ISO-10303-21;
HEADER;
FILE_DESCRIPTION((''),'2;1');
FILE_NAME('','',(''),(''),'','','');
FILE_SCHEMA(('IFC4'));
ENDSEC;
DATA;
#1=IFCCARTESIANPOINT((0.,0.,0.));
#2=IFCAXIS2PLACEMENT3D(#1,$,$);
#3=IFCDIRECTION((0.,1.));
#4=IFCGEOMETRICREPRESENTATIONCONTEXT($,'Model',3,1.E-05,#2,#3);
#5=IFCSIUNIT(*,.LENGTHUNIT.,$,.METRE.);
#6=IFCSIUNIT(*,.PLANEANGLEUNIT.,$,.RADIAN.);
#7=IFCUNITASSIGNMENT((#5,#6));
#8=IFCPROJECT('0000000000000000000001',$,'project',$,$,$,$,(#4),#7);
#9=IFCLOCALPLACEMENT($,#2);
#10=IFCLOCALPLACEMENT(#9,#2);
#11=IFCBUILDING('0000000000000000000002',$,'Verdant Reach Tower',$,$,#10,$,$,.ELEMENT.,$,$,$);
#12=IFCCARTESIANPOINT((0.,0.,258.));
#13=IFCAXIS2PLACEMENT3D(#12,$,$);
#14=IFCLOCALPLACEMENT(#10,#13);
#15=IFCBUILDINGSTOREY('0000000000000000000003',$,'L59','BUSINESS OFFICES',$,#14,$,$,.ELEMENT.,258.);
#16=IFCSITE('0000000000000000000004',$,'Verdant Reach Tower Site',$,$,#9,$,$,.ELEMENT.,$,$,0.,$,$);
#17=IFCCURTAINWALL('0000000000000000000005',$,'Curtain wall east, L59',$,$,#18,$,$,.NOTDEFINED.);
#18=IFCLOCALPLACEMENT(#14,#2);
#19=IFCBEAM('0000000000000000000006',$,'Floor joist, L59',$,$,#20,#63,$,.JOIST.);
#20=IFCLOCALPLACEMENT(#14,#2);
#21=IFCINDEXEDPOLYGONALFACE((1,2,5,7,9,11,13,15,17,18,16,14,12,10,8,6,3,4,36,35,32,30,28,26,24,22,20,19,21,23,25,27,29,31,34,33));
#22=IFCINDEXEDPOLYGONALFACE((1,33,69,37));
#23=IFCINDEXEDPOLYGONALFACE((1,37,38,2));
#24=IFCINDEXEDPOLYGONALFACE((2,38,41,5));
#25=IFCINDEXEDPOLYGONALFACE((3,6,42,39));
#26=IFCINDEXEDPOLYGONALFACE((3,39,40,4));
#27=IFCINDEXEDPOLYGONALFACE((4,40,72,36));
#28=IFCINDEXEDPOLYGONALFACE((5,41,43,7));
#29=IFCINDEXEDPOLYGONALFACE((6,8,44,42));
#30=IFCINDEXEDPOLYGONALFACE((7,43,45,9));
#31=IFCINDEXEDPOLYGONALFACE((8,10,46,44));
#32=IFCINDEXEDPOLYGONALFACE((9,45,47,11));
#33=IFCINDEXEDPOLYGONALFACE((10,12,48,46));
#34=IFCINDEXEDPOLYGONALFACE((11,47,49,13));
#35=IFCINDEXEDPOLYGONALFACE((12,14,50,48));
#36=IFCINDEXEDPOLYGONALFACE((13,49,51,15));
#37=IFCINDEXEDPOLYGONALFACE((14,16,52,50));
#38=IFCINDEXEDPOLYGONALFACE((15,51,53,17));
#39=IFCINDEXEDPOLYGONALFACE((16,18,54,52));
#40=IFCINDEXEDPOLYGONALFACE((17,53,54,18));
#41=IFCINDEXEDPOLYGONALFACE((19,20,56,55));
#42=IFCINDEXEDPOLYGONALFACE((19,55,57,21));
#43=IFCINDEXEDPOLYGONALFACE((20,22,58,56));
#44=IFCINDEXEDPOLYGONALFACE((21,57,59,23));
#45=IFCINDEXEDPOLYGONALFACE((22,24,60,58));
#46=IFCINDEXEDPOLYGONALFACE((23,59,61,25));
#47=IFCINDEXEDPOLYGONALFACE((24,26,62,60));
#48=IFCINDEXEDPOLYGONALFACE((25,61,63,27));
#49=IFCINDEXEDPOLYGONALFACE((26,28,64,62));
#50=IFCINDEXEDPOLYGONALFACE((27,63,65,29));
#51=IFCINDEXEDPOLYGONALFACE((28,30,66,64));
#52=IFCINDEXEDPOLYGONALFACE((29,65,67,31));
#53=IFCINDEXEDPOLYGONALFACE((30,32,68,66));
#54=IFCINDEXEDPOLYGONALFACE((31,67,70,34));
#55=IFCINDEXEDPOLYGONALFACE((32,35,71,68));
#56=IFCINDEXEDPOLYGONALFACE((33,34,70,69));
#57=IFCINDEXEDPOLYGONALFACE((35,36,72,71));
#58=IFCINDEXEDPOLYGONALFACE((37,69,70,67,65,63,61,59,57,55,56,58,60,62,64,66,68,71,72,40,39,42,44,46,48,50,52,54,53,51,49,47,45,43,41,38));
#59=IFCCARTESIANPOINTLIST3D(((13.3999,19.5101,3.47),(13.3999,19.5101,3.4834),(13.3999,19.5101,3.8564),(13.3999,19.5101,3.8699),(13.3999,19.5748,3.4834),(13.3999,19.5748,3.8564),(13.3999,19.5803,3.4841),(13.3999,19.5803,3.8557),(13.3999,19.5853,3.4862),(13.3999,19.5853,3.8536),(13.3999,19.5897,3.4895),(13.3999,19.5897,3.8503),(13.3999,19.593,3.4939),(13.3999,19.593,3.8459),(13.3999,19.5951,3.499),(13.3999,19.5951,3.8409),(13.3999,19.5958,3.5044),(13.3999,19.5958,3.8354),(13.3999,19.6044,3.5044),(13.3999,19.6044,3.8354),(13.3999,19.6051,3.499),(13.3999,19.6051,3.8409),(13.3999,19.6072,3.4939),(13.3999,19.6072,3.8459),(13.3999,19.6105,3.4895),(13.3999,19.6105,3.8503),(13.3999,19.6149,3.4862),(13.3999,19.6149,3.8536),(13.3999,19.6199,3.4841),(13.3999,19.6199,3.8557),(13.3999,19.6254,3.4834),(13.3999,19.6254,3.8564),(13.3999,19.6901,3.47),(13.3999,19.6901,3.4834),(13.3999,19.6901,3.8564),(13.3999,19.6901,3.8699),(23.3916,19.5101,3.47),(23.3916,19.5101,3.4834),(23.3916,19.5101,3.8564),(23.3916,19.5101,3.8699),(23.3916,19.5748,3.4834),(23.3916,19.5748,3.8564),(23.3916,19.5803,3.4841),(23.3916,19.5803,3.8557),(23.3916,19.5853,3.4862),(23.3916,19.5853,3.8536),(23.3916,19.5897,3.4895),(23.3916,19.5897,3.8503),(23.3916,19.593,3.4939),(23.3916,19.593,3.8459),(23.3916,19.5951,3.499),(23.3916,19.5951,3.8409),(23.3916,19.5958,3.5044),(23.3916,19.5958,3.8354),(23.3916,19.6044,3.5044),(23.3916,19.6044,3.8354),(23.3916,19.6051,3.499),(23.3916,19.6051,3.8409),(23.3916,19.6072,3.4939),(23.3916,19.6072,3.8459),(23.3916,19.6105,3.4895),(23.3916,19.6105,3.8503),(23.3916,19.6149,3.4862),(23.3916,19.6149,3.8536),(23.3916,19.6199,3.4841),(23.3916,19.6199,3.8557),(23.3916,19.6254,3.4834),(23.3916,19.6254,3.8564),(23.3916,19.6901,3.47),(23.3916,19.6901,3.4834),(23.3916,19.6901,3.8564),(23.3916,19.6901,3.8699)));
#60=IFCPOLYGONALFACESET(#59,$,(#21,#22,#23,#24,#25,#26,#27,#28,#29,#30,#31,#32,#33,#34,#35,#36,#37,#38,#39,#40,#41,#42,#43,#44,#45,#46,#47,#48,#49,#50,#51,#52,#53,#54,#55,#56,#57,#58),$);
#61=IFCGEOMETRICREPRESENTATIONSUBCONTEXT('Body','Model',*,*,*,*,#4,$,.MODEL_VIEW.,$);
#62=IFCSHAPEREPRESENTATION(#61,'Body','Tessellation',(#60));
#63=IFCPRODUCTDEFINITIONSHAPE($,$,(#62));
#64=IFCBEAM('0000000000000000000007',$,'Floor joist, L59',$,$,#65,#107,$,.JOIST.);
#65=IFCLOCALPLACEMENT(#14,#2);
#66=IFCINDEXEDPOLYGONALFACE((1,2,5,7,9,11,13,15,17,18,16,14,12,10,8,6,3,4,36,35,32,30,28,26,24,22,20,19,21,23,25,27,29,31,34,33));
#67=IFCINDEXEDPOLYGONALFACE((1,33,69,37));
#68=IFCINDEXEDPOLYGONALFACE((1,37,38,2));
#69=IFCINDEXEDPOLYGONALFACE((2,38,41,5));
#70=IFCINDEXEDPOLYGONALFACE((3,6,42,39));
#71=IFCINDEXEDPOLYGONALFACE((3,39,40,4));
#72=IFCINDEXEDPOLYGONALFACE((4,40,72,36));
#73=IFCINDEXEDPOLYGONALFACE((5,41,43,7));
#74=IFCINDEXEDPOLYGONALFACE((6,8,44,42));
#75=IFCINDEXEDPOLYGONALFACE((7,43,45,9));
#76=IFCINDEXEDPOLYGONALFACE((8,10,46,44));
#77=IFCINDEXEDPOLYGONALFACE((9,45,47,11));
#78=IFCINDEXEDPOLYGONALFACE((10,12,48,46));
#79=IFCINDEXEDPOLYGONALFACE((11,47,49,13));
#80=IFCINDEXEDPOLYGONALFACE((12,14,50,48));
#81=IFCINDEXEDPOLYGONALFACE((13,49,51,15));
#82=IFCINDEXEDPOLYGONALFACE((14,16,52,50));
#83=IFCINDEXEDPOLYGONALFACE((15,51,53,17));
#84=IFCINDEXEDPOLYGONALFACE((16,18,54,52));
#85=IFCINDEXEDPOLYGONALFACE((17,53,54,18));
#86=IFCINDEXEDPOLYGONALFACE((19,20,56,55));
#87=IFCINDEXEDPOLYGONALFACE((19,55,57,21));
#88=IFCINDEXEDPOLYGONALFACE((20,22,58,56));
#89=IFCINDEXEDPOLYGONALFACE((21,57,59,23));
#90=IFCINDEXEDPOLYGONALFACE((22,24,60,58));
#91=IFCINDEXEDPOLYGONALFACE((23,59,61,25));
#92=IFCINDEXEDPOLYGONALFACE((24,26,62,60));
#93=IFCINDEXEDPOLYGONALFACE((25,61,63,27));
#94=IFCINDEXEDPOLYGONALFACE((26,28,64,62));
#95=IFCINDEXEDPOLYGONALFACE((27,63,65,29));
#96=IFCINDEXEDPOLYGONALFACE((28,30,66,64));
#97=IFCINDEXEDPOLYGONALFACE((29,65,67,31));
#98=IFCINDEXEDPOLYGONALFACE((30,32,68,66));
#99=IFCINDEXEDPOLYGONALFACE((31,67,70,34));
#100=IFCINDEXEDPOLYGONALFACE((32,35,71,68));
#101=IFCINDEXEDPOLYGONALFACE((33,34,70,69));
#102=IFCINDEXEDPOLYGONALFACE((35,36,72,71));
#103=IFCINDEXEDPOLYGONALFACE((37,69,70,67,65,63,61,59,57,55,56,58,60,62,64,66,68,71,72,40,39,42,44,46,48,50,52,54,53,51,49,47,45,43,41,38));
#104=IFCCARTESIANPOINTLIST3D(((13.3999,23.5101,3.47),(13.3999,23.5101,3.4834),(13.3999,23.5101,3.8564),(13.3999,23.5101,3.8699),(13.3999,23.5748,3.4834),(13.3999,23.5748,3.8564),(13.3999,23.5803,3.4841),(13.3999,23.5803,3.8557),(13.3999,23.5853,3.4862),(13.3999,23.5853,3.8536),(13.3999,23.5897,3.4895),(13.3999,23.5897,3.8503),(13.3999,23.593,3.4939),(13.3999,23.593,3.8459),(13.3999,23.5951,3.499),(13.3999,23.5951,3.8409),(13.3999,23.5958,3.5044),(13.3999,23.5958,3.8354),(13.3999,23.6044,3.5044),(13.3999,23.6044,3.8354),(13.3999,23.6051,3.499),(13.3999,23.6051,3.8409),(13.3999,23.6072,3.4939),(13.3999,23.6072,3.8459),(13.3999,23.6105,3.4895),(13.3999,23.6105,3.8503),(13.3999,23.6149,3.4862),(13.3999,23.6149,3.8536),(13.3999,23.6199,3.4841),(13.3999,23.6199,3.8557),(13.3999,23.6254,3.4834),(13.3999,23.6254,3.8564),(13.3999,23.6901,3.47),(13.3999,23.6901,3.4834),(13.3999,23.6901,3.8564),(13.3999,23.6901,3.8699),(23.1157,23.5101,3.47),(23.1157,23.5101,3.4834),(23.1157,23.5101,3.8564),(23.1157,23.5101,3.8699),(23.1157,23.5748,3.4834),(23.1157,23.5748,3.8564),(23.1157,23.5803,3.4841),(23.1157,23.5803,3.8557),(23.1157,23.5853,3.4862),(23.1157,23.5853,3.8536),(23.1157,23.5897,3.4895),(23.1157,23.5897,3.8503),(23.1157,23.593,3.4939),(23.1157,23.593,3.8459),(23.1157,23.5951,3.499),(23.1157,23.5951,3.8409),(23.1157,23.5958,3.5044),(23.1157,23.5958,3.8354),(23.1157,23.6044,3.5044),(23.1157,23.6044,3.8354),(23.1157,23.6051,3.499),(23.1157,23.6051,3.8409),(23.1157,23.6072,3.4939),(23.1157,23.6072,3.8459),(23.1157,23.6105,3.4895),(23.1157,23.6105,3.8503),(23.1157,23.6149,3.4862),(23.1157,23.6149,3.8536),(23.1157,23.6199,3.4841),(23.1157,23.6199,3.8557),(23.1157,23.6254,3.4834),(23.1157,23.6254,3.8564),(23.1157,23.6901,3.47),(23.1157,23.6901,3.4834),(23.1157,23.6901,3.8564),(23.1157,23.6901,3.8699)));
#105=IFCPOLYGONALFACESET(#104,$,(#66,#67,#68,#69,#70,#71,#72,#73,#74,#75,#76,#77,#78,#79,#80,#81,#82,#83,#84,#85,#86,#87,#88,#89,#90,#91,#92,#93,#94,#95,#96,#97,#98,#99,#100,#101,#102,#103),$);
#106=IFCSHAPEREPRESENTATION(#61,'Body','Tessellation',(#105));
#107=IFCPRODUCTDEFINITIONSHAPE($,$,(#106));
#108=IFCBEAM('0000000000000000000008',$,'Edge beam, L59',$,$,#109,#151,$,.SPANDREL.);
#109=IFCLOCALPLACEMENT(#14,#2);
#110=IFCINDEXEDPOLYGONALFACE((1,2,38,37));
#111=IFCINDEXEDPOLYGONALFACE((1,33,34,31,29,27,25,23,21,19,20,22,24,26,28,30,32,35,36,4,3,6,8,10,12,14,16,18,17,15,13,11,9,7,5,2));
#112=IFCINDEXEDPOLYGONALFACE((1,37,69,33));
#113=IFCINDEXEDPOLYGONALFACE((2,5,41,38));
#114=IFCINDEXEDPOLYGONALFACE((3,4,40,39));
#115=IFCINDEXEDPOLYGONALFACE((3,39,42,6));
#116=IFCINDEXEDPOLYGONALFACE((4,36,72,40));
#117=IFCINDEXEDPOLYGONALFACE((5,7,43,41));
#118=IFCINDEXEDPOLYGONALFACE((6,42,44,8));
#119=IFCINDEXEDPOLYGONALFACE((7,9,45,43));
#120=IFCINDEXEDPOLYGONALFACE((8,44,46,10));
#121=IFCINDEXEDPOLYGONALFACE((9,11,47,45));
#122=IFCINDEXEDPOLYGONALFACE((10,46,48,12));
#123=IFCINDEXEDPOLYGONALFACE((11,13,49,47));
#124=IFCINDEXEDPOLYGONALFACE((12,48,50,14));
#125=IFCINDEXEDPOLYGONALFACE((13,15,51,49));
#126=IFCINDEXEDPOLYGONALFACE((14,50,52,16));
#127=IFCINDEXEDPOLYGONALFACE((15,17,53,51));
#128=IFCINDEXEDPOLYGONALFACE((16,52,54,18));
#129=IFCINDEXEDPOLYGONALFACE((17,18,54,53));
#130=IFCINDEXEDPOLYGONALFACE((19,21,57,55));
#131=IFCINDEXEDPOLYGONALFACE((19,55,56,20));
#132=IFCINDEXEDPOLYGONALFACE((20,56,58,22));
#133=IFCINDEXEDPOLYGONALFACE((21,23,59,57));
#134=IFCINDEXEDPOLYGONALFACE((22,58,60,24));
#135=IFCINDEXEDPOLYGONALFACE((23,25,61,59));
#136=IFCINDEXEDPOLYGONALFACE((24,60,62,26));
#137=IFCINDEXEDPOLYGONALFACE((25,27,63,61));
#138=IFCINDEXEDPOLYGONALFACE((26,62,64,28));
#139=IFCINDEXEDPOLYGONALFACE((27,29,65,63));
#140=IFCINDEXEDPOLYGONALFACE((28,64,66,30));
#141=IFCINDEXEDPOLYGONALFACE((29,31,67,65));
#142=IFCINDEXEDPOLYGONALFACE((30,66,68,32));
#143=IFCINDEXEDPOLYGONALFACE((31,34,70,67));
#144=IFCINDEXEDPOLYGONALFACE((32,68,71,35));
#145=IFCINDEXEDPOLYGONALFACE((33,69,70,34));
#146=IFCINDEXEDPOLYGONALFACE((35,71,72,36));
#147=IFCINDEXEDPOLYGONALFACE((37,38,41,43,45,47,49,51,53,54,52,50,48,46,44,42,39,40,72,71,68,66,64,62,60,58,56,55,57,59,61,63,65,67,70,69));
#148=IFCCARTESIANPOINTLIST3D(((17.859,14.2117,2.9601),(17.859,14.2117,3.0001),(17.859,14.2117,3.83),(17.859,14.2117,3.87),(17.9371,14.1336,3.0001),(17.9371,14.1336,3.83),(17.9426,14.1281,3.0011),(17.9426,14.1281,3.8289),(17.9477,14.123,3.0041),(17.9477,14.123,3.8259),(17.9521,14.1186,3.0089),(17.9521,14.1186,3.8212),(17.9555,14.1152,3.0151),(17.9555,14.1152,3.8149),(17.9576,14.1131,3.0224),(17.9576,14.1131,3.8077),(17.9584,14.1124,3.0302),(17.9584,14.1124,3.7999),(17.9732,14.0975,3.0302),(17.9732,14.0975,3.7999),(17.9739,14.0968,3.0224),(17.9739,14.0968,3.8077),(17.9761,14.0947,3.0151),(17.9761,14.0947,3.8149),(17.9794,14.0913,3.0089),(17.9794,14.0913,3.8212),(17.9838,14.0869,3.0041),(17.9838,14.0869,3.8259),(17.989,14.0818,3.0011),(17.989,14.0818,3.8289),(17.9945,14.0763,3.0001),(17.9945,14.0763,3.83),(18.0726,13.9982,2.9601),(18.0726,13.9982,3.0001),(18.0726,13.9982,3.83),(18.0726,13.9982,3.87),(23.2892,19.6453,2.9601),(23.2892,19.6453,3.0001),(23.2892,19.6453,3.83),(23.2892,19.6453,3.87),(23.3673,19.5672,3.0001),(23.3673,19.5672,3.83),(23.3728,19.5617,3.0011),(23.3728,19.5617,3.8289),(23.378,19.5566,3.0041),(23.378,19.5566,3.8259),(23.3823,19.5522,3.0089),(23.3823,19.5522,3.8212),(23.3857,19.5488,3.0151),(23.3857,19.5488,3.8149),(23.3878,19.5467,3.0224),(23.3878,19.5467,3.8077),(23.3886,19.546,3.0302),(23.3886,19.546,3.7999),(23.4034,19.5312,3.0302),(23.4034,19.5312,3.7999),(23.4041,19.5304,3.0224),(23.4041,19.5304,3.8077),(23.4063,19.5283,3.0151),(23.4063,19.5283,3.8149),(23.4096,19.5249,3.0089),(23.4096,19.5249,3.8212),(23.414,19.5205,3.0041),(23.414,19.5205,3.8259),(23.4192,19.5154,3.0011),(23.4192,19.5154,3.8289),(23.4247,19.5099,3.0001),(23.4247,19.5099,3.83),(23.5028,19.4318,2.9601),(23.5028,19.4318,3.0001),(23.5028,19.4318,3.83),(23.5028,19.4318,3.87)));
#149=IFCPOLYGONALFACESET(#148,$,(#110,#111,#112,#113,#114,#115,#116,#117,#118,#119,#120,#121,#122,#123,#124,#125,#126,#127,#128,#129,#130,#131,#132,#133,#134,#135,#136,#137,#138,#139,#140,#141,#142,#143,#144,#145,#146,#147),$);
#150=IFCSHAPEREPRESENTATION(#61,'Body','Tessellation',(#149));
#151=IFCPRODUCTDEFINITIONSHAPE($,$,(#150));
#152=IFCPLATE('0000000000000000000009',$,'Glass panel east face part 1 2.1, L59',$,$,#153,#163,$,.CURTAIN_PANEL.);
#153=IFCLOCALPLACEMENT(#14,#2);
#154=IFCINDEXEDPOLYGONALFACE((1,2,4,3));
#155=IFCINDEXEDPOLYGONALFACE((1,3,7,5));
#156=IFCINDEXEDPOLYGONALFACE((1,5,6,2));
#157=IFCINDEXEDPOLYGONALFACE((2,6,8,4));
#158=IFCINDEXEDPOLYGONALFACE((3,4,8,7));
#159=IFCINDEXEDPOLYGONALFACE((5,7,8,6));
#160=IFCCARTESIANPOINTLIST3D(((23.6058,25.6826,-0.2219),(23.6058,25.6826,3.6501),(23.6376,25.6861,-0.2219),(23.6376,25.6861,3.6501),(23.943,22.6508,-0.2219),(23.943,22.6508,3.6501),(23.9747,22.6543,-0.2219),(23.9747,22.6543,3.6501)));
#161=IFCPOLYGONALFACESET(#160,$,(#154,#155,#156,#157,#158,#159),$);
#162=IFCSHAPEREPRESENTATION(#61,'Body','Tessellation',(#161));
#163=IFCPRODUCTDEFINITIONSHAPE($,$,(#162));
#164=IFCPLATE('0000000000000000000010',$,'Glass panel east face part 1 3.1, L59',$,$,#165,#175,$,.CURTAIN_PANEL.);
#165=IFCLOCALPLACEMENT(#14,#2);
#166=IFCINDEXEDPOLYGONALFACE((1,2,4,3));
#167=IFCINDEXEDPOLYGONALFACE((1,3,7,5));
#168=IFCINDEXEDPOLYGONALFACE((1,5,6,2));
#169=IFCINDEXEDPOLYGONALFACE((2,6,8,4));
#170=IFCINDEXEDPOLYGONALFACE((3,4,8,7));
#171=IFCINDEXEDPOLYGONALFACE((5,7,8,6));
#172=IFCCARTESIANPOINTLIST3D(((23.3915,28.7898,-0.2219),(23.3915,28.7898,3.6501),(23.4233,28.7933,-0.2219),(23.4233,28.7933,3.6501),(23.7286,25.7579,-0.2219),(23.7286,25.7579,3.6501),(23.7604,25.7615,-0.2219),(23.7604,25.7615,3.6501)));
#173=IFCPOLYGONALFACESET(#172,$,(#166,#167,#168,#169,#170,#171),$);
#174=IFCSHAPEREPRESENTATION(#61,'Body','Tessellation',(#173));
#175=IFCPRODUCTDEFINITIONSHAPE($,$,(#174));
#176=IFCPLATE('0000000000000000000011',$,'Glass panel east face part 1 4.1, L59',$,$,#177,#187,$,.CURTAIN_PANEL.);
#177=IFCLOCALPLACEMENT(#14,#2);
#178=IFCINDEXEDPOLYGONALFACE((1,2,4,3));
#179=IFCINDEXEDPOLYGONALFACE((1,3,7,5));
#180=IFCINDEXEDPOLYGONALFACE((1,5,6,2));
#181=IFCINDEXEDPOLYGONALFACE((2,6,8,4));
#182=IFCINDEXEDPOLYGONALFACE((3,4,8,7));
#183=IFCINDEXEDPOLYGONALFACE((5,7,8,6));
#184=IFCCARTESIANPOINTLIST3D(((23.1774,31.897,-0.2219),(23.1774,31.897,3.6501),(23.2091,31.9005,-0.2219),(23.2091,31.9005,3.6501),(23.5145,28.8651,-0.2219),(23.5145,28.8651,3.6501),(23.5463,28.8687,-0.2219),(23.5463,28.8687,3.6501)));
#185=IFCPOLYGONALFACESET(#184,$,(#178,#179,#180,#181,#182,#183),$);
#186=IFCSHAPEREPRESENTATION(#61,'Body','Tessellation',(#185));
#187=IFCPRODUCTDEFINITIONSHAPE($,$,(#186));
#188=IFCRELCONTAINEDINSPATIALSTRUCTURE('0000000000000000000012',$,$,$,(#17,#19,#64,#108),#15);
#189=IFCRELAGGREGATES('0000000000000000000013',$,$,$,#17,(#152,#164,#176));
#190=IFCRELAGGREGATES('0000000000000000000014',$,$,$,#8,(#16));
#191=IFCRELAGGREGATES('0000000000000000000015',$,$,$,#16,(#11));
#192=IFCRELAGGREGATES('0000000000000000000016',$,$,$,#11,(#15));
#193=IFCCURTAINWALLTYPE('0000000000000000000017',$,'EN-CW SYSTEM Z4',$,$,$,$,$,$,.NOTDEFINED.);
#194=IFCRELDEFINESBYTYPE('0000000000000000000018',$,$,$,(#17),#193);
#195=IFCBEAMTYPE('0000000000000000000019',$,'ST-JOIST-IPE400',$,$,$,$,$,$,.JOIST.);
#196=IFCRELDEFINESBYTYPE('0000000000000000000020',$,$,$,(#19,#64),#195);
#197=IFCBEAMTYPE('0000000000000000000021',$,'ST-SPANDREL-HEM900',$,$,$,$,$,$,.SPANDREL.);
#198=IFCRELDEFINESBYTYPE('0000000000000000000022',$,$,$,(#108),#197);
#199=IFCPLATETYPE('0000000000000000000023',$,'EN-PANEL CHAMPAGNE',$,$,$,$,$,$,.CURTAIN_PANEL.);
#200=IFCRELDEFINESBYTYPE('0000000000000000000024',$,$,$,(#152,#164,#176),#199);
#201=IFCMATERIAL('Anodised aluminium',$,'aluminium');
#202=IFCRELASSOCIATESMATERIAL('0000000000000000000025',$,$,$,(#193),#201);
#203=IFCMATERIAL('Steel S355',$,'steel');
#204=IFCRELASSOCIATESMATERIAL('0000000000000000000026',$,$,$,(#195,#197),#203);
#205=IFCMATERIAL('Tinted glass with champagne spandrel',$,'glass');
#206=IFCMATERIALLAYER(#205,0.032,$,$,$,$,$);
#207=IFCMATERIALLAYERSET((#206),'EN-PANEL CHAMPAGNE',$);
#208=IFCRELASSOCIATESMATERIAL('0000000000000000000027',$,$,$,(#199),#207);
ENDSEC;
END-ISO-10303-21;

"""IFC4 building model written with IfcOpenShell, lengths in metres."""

from ifc_helpers import new_model, si_unit, direction, frame, origin, origin_2d, place, context, subcontext, project, spatial, rectangle, i_section, extrude, material, layer, layer_set, material_profile, profile_set, type_object, element, aggregate, save


model = new_model("IFC4")

# Units and contexts
model_context = context("Model", 3, precision=1e-05, world=origin(), true_north=direction((0.0, 1.0)))
body_context = subcontext(model_context, "Body", "Model", "MODEL_VIEW")
ifc_project = project(units=[si_unit("LENGTHUNIT", "METRE"), si_unit("PLANEANGLEUNIT", "RADIAN")], contexts=[model_context])

# Site, building, storey
site_placement = place(None, origin())
site = spatial("IfcSite", under=ifc_project, at=site_placement, Name="Verdant Reach Tower Site", CompositionType="ELEMENT", RefElevation=0.0)
building_placement = place(site_placement, origin())
building = spatial("IfcBuilding", under=site, at=building_placement, Name="Verdant Reach Tower", CompositionType="ELEMENT")
storey_placement = place(building_placement, frame((0.0, 0.0, 258.0)))
storey = spatial("IfcBuildingStorey", under=building, at=storey_placement, Name="L59", Description="BUSINESS OFFICES", CompositionType="ELEMENT", Elevation=258.0)

# Curtain wall
ifc_material_1 = material(Name="Anodised aluminium", Category="aluminium")
curtain_wall_type = type_object("IfcCurtainWallType", Name="EN-CW SYSTEM Z4", PredefinedType="NOTDEFINED", material=ifc_material_1)
curtain_wall_placement = place(storey_placement, origin())
curtain_wall = element("IfcCurtainWall", 1, at=curtain_wall_placement, inside=storey, type_object=curtain_wall_type, Name="Curtain wall east, L59", PredefinedType="NOTDEFINED")

# Beams
ifc_material_2 = material(Name="Steel S355", Category="steel")
ifc_material_profile_1 = material_profile(ifc_material_2, i_section(OverallWidth=0.1799, OverallDepth=0.3999, WebThickness=0.0085, FlangeThickness=0.0134, FilletRadius=0.021, at=origin_2d()), Name="IPE 400")
ifc_profile_set_1 = profile_set([ifc_material_profile_1], Name="Steel S355")
beam_type_1 = type_object("IfcBeamType", Name="ST-JOIST-IPE400", PredefinedType="JOIST", material=ifc_profile_set_1)
beam_1_placement = place(storey_placement, frame((13.3999, 19.6001, 3.6699), z_axis=(1.0, 0.0, 0.0), x_axis=(0.0, 1.0, 0.0)))
element("IfcBeam", 2, at=beam_1_placement, inside=storey, type_object=beam_type_1, Name="Floor joist, L59", PredefinedType="JOIST", context=body_context, shape_type="SweptSolid", body=[
    extrude(i_section(OverallWidth=0.1799, OverallDepth=0.3999, WebThickness=0.0085, FlangeThickness=0.0134, FilletRadius=0.021, at=origin_2d()), origin(), (0.0, 0.0, 1.0), 9.9917),
])
beam_2_placement = place(storey_placement, frame((13.3999, 23.6001, 3.6699), z_axis=(1.0, 0.0, 0.0), x_axis=(0.0, 1.0, 0.0)))
element("IfcBeam", 3, at=beam_2_placement, inside=storey, type_object=beam_type_1, Name="Floor joist, L59", PredefinedType="JOIST", context=body_context, shape_type="SweptSolid", body=[
    extrude(i_section(OverallWidth=0.1799, OverallDepth=0.3999, WebThickness=0.0085, FlangeThickness=0.0134, FilletRadius=0.021, at=origin_2d()), origin(), (0.0, 0.0, 1.0), 9.7158),
])
ifc_material_profile_2 = material_profile(ifc_material_2, i_section(OverallWidth=0.302, OverallDepth=0.9099, WebThickness=0.021, FlangeThickness=0.04, FilletRadius=0.03, at=origin_2d()), Name="HEM 900")
ifc_profile_set_2 = profile_set([ifc_material_profile_2], Name="Steel S355")
beam_type_2 = type_object("IfcBeamType", Name="ST-SPANDREL-HEM900", PredefinedType="SPANDREL", material=ifc_profile_set_2)
beam_3_placement = place(storey_placement, frame((23.396, 19.5386, 3.415), z_axis=(-0.706884, -0.707329, 0.0), x_axis=(0.707329, -0.706884, 0.0)))
element("IfcBeam", 4, at=beam_3_placement, inside=storey, type_object=beam_type_2, Name="Edge beam, L59", PredefinedType="SPANDREL", context=body_context, shape_type="SweptSolid", body=[
    extrude(i_section(OverallWidth=0.302, OverallDepth=0.9099, WebThickness=0.021, FlangeThickness=0.04, FilletRadius=0.03, at=origin_2d()), origin(), (0.0, 0.0, 1.0), 7.6819),
])

# Plates
ifc_material_3 = material(Name="Tinted glass with champagne spandrel", Category="glass")
ifc_layer_1 = layer(ifc_material_3, 0.032)
ifc_layer_set_1 = layer_set([ifc_layer_1], Name="EN-PANEL CHAMPAGNE")
plate_type_1 = type_object("IfcPlateType", Name="EN-PANEL CHAMPAGNE", PredefinedType="CURTAIN_PANEL", material=ifc_layer_set_1)
plate_1_placement = place(storey_placement, frame((23.7903, 24.1685, -0.2219), z_axis=(0.0, 0.0, 1.0), x_axis=(-0.110518, 0.993874, 0.0)))
plate_1 = element("IfcPlate", 5, at=plate_1_placement, type_object=plate_type_1, Name="Glass panel east face part 1 2.1, L59", PredefinedType="CURTAIN_PANEL", context=body_context, shape_type="SweptSolid", body=[
    extrude(rectangle(XDim=3.0505, YDim=0.032, at=origin_2d()), origin(), (0.0, 0.0, 1.0), 3.8721),
])
plate_2_placement = place(storey_placement, frame((23.5759, 27.2756, -0.2219), z_axis=(0.0, 0.0, 1.0), x_axis=(-0.110518, 0.993874, 0.0)))
plate_2 = element("IfcPlate", 6, at=plate_2_placement, type_object=plate_type_1, Name="Glass panel east face part 1 3.1, L59", PredefinedType="CURTAIN_PANEL", context=body_context, shape_type="SweptSolid", body=[
    extrude(rectangle(XDim=3.0505, YDim=0.032, at=origin_2d()), origin(), (0.0, 0.0, 1.0), 3.8721),
])
plate_3_placement = place(storey_placement, frame((23.3618, 30.3828, -0.2219), z_axis=(0.0, 0.0, 1.0), x_axis=(-0.110518, 0.993874, 0.0)))
plate_3 = element("IfcPlate", 7, at=plate_3_placement, type_object=plate_type_1, Name="Glass panel east face part 1 4.1, L59", PredefinedType="CURTAIN_PANEL", context=body_context, shape_type="SweptSolid", body=[
    extrude(rectangle(XDim=3.0505, YDim=0.032, at=origin_2d()), origin(), (0.0, 0.0, 1.0), 3.8721),
])
aggregate(curtain_wall, [plate_1, plate_2, plate_3])

save(model, "model.ifc")
